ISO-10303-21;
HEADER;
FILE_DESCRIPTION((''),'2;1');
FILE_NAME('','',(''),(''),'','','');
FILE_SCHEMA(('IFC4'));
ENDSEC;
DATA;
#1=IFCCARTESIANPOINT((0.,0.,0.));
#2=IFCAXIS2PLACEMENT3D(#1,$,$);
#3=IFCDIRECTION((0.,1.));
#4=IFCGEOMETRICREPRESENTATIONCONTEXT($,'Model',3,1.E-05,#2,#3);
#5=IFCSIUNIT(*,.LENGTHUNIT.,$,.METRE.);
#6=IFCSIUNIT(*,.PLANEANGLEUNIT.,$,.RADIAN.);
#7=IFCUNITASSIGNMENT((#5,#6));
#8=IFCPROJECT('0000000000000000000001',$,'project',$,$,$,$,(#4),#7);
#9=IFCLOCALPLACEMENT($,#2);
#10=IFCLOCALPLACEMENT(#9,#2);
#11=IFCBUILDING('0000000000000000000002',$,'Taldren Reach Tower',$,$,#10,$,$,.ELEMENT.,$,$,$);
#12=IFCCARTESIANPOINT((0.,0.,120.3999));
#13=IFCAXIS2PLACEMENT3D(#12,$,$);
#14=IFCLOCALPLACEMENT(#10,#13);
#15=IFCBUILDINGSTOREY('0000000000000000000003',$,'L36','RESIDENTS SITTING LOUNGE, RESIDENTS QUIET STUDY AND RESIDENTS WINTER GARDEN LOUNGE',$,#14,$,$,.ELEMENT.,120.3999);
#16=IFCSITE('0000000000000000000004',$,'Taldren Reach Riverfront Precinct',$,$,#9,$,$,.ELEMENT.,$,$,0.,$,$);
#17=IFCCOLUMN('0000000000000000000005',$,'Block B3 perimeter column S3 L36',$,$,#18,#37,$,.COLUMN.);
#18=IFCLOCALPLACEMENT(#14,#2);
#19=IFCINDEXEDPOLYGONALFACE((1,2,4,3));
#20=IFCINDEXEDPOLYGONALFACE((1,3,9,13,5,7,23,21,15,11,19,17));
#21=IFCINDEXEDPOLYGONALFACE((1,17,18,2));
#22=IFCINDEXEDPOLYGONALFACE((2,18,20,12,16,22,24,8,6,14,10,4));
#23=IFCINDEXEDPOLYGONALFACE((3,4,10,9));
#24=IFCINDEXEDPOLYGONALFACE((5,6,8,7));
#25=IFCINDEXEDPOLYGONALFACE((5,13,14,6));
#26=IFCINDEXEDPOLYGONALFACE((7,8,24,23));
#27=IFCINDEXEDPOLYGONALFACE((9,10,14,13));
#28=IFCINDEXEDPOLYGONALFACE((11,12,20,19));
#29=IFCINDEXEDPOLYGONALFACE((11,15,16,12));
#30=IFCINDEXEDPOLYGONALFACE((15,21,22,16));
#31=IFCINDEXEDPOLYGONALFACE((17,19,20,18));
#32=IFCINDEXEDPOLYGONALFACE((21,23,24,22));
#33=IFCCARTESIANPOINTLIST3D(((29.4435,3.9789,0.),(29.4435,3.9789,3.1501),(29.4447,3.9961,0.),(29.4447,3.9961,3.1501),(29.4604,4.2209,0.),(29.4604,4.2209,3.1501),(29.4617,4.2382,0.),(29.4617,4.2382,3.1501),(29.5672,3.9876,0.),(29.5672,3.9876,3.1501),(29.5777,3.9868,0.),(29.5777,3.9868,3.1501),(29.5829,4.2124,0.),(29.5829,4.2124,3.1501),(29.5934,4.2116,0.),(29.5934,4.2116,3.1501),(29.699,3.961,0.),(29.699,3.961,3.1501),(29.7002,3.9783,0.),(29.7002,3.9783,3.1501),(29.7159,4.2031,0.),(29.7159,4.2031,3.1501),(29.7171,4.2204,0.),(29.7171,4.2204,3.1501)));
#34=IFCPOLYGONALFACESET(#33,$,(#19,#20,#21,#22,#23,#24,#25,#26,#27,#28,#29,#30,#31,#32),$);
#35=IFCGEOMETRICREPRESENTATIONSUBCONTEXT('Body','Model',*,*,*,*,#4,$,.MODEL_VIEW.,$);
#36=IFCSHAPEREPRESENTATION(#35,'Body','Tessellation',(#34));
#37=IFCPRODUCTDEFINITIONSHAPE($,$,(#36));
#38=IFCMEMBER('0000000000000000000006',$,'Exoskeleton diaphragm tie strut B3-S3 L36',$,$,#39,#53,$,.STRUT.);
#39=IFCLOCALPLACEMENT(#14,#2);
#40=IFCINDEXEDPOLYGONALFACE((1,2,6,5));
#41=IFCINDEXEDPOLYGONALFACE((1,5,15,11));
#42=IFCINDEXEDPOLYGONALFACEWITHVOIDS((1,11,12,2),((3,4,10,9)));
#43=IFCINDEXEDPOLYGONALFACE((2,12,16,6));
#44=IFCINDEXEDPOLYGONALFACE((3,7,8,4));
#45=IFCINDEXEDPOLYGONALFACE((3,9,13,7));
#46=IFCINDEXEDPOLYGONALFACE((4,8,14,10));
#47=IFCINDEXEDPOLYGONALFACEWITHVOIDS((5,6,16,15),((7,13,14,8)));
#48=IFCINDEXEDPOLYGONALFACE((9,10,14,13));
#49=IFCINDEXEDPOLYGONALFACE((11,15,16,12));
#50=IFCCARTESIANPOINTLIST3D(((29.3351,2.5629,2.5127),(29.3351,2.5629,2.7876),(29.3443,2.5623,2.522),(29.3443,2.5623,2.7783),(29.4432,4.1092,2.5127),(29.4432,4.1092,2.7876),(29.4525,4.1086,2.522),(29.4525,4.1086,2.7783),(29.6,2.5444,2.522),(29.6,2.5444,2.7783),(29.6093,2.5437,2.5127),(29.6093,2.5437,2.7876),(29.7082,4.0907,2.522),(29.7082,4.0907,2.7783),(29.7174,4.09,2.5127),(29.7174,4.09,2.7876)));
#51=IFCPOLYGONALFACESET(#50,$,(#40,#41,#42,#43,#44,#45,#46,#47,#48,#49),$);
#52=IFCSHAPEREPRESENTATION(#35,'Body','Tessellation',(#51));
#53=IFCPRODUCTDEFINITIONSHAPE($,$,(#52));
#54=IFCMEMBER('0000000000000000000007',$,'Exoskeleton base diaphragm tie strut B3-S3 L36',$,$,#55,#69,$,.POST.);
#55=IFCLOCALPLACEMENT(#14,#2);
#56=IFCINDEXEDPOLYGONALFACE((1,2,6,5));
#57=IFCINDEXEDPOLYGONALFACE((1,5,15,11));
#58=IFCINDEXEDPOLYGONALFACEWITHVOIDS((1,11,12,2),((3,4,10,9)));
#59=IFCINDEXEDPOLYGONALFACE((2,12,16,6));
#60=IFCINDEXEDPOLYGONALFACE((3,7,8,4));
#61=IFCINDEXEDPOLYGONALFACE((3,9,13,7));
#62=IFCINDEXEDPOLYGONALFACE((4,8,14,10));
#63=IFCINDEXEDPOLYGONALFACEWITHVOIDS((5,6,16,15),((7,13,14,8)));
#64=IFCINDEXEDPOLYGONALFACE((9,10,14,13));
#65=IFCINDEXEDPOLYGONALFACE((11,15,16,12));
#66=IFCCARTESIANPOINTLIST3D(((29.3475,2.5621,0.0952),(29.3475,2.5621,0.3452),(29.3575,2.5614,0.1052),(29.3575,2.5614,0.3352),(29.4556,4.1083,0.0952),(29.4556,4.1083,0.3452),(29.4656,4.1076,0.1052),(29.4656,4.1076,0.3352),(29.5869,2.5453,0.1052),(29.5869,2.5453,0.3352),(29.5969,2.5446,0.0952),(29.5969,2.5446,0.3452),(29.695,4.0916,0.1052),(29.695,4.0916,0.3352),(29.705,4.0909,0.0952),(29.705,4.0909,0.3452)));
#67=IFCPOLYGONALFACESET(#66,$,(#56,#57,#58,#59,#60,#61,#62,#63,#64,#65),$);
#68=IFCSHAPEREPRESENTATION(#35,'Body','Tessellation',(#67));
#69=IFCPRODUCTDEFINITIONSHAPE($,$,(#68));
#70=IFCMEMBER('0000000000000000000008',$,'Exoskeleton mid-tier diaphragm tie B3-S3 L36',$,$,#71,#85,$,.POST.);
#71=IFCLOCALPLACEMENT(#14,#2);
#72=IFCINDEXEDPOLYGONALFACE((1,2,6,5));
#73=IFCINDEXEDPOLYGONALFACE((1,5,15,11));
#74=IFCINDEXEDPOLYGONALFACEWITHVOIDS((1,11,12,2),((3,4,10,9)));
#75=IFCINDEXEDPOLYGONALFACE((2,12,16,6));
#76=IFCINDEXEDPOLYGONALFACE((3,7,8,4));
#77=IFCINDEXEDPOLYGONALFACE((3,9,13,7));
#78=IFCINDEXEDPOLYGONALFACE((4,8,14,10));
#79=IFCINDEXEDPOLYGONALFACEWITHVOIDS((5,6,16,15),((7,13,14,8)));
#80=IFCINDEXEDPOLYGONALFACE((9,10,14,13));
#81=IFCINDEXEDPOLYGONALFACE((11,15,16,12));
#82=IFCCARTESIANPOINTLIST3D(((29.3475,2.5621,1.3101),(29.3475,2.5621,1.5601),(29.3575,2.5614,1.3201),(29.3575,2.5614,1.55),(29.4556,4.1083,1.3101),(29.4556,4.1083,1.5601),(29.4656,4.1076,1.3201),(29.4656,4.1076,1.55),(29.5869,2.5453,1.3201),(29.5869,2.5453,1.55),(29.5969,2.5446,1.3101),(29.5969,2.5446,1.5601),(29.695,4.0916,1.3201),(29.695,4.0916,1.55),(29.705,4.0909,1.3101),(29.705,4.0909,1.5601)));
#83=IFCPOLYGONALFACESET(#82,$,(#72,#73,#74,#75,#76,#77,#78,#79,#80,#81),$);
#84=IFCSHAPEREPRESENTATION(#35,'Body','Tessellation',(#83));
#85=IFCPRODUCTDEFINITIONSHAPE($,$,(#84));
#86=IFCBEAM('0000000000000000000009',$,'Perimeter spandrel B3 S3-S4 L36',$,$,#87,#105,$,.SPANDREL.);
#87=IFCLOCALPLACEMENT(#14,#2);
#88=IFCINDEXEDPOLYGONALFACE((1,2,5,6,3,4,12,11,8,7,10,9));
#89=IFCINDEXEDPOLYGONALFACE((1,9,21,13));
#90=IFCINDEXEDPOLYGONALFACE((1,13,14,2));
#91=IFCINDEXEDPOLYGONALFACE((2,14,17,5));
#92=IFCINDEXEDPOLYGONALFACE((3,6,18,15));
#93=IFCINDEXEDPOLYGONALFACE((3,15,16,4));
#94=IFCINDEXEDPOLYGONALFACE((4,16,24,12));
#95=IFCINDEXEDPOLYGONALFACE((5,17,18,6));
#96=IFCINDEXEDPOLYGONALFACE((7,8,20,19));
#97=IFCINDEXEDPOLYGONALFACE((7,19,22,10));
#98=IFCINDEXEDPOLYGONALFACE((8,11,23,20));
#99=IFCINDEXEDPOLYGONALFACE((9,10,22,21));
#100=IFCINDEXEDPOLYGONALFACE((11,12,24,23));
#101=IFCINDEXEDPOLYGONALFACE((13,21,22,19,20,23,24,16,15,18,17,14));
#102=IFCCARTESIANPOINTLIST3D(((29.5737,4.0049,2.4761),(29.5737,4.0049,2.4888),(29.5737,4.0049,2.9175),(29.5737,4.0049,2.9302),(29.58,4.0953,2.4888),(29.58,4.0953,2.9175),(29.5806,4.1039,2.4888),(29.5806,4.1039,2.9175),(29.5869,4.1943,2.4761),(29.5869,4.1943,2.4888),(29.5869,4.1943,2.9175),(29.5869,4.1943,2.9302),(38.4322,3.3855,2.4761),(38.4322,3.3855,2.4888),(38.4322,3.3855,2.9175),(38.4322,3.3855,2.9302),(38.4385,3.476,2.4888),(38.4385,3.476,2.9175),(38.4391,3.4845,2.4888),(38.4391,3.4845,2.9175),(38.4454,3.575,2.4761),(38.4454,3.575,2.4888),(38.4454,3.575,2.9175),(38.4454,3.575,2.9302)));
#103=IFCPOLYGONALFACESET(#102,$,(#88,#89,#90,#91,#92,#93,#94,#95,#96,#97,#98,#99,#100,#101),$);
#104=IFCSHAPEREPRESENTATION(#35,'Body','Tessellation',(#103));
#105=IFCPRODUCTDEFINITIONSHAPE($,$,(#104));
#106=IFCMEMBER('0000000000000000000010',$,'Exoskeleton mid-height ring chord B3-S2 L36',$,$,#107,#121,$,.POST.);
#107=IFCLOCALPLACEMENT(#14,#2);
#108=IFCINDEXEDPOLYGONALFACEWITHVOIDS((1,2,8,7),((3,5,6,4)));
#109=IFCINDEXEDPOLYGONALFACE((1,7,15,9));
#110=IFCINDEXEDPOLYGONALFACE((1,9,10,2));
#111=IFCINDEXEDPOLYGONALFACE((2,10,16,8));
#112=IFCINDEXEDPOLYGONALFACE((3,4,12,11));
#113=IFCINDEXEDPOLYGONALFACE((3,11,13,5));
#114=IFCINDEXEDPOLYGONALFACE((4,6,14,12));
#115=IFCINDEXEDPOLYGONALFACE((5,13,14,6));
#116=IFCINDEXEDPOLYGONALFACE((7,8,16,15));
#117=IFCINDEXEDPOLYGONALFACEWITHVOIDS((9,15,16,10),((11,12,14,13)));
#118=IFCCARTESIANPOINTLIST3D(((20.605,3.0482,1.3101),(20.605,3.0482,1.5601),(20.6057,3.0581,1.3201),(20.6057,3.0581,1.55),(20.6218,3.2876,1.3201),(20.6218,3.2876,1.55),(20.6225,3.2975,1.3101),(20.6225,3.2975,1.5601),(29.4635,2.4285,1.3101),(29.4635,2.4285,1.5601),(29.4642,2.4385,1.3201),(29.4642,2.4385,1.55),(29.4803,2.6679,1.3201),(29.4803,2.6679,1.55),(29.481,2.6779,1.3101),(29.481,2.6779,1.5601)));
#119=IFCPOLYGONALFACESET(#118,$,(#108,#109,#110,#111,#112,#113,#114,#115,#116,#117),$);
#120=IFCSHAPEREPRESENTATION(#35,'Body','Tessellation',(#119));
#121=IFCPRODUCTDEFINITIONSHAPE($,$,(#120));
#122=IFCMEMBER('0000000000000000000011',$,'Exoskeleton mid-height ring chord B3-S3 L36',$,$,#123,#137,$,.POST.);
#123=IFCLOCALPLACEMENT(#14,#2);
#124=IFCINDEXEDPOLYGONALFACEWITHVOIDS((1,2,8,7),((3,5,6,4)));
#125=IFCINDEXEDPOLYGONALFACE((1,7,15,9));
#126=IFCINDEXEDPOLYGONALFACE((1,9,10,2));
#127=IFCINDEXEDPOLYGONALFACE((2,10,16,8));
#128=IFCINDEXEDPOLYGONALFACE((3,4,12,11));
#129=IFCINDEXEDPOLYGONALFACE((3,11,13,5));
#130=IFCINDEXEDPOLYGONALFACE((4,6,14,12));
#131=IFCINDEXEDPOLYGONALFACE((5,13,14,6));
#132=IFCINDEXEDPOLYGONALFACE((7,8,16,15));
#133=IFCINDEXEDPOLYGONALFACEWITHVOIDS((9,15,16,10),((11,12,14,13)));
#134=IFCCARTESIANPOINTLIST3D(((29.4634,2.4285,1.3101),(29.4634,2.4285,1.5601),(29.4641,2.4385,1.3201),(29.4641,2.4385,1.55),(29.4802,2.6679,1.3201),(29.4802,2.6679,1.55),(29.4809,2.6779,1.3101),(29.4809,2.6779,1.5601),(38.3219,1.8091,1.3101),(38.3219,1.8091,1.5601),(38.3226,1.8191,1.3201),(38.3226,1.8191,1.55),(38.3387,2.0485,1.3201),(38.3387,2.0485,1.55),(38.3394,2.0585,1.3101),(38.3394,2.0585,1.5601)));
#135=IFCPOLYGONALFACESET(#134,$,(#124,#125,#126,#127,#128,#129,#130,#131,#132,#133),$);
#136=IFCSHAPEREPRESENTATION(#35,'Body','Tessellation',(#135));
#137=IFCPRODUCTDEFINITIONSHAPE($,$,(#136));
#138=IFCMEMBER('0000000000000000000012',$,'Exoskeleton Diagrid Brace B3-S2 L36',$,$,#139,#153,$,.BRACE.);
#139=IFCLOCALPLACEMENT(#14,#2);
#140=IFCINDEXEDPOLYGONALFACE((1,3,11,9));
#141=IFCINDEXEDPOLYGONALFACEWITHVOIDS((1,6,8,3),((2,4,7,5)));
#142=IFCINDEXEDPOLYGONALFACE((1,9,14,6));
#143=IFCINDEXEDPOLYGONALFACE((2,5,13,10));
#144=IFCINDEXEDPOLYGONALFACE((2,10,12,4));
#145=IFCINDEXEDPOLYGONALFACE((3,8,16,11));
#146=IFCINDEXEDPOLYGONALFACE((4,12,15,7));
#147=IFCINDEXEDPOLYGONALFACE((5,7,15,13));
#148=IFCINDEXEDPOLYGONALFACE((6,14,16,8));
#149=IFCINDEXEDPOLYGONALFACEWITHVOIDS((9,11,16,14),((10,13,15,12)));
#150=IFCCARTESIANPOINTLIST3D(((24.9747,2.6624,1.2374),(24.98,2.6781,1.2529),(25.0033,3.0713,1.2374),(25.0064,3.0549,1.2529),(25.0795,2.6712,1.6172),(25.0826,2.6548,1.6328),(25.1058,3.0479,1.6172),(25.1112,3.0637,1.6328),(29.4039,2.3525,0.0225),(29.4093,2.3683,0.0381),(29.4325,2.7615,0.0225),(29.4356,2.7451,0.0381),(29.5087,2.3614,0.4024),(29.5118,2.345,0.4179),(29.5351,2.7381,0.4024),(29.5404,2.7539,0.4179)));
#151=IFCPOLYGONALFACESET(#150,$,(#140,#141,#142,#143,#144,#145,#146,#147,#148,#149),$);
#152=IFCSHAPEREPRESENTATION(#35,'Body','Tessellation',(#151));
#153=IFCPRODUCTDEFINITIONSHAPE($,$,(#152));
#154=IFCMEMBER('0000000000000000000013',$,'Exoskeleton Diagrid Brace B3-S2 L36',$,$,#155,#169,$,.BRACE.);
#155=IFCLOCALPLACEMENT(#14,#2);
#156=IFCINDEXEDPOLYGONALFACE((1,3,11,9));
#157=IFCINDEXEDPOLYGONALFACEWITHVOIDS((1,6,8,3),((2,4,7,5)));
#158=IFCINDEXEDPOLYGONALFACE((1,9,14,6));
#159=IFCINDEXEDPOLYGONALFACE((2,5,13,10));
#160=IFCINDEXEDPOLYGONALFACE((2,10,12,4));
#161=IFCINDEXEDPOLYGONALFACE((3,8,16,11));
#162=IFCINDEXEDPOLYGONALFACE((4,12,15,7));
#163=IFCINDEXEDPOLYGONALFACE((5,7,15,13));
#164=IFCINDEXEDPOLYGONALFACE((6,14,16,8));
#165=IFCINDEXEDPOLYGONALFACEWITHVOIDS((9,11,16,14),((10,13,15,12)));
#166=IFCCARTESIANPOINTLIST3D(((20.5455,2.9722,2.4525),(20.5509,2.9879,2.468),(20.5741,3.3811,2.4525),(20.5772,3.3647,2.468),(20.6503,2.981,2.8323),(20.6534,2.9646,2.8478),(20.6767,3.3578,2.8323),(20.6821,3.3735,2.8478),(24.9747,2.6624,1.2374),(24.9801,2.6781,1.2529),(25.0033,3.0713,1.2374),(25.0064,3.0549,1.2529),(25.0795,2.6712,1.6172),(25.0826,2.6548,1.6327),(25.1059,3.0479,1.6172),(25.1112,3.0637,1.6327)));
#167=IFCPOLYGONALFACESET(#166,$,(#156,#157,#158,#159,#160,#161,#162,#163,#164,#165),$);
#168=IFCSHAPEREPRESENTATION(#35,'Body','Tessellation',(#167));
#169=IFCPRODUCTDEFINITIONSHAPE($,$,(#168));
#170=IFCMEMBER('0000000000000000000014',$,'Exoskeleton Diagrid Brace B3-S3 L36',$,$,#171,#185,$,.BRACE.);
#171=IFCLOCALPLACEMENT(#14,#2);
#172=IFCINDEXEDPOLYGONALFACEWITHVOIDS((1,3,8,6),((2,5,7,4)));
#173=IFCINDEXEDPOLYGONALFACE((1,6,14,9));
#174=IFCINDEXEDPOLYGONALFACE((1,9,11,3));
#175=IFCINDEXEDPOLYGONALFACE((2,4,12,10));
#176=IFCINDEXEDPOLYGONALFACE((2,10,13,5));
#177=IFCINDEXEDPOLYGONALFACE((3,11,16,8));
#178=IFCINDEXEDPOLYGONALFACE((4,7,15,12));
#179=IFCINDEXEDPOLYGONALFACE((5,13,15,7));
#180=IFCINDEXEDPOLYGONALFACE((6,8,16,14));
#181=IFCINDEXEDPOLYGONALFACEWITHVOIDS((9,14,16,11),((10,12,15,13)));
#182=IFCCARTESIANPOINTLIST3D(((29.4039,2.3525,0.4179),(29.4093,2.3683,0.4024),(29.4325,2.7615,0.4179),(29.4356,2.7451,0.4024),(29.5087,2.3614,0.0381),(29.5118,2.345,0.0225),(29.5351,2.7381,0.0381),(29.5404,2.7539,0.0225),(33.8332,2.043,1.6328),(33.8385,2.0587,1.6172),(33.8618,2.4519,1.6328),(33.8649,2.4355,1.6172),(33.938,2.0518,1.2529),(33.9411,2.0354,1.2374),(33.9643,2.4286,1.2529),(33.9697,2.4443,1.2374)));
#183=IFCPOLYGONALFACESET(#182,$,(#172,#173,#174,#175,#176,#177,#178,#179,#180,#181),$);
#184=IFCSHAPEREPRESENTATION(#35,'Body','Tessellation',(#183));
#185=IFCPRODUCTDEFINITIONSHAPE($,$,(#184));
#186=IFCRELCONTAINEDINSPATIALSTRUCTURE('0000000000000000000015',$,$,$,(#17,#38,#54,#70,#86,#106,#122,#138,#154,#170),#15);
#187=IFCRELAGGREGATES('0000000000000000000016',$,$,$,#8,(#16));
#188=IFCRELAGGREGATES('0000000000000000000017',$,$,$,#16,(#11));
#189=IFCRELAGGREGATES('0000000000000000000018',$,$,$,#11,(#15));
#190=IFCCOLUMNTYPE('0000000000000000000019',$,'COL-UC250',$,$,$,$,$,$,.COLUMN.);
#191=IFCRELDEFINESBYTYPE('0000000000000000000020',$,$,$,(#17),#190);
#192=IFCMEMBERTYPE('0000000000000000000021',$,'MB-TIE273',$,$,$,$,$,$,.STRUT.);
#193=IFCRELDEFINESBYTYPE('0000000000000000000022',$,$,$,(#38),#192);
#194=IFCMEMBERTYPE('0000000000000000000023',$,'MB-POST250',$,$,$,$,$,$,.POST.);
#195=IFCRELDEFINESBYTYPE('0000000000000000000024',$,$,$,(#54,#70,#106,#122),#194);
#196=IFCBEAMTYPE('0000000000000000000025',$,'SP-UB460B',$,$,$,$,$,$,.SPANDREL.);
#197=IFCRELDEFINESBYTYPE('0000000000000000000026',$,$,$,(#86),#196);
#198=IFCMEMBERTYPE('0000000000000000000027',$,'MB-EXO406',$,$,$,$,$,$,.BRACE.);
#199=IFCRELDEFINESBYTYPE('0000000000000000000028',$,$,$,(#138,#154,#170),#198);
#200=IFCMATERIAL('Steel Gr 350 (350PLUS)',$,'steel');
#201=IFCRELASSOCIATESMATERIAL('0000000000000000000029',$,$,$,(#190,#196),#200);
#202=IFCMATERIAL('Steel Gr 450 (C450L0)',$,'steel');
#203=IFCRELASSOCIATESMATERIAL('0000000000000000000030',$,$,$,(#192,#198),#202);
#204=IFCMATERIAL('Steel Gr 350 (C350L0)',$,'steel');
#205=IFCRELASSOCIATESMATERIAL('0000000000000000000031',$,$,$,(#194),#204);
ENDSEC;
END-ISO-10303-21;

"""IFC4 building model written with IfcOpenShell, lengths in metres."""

from ifc_helpers import new_model, si_unit, direction, frame, origin, origin_2d, place, context, subcontext, project, spatial, hollow_rectangle, i_section, extrude, source, transform, mapped, material, material_profile, profile_set, type_object, element, save


model = new_model("IFC4")

# Units and contexts
model_context = context("Model", 3, precision=1e-05, world=origin(), true_north=direction((0.0, 1.0)))
body_context = subcontext(model_context, "Body", "Model", "MODEL_VIEW")
ifc_project = project(units=[si_unit("LENGTHUNIT", "METRE"), si_unit("PLANEANGLEUNIT", "RADIAN")], contexts=[model_context])

# Site, building, storey
site_placement = place(None, origin())
site = spatial("IfcSite", under=ifc_project, at=site_placement, Name="Taldren Reach Riverfront Precinct", CompositionType="ELEMENT", RefElevation=0.0)
building_placement = place(site_placement, origin())
building = spatial("IfcBuilding", under=site, at=building_placement, Name="Taldren Reach Tower", CompositionType="ELEMENT")
storey_placement = place(building_placement, frame((0.0, 0.0, 120.3999)))
storey = spatial("IfcBuildingStorey", under=building, at=storey_placement, Name="L36", Description="RESIDENTS SITTING LOUNGE, RESIDENTS QUIET STUDY AND RESIDENTS WINTER GARDEN LOUNGE", CompositionType="ELEMENT", Elevation=120.3999)

# Column
ifc_material_1 = material(Name="Steel Gr 350 (350PLUS)", Category="steel")
ifc_material_profile_1 = material_profile(ifc_material_1, i_section(OverallWidth=0.2561, OverallDepth=0.26, WebThickness=0.0105, FlangeThickness=0.0173, at=origin_2d()), Name="250UC89.5")
ifc_profile_set_1 = profile_set([ifc_material_profile_1], Name="Steel Gr 350 (350PLUS)")
column_type = type_object("IfcColumnType", Name="COL-UC250", PredefinedType="COLUMN", material=ifc_profile_set_1)
shared_shape_1 = source(origin(), body_context, "Body", "SweptSolid", [
    extrude(i_section(OverallWidth=0.2561, OverallDepth=0.26, WebThickness=0.0105, FlangeThickness=0.0173, at=origin_2d()), origin(), (0.0, 0.0, 1.0), 3.1501),
])
column_placement = place(storey_placement, frame((29.5803, 4.0996, 0.0), z_axis=(0.0, 0.0, 1.0), x_axis=(0.997564, -0.069756, 0.0)))
element("IfcColumn", 1, at=column_placement, inside=storey, type_object=column_type, Name="Block B3 perimeter column S3 L36", PredefinedType="COLUMN", context=body_context, shape_type="MappedRepresentation", body=[
    mapped(shared_shape_1, transform((0.0, 0.0, 0.0), scale=1.0)),
])

# Members
ifc_material_2 = material(Name="Steel Gr 450 (C450L0)", Category="steel")
ifc_material_profile_2 = material_profile(ifc_material_2, hollow_rectangle(XDim=0.2749, YDim=0.2749, WallThickness=0.0093, at=origin_2d()), Name="275x275x9.3SHS")
ifc_profile_set_2 = profile_set([ifc_material_profile_2], Name="Steel Gr 450 (C450L0)")
member_type_1 = type_object("IfcMemberType", Name="MB-TIE273", PredefinedType="STRUT", material=ifc_profile_set_2)
shared_shape_2 = source(origin(), body_context, "Body", "SweptSolid", [
    extrude(hollow_rectangle(XDim=0.2749, YDim=0.2749, WallThickness=0.0093, at=origin_2d()), origin(), (0.0, 0.0, 1.0), 1.55),
])
member_1_placement = place(storey_placement, frame((29.5803, 4.0996, 2.6501), z_axis=(-0.06977, -0.997563, 0.0), x_axis=(0.997563, -0.06977, 0.0)))
element("IfcMember", 2, at=member_1_placement, inside=storey, type_object=member_type_1, Name="Exoskeleton diaphragm tie strut B3-S3 L36", PredefinedType="STRUT", context=body_context, shape_type="MappedRepresentation", body=[
    mapped(shared_shape_2, transform((0.0, 0.0, 0.0), scale=1.0)),
])
ifc_material_3 = material(Name="Steel Gr 350 (C350L0)", Category="steel")
ifc_material_profile_3 = material_profile(ifc_material_3, hollow_rectangle(XDim=0.25, YDim=0.25, WallThickness=0.01, at=origin_2d()), Name="250x250x10.0SHS")
ifc_profile_set_3 = profile_set([ifc_material_profile_3], Name="Steel Gr 350 (C350L0)")
member_type_2 = type_object("IfcMemberType", Name="MB-POST250", PredefinedType="POST", material=ifc_profile_set_3)
shared_shape_3 = source(origin(), body_context, "Body", "SweptSolid", [
    extrude(hollow_rectangle(XDim=0.25, YDim=0.25, WallThickness=0.01, at=origin_2d()), origin(), (0.0, 0.0, 1.0), 1.55),
])
for number, where, z_axis, x_axis, name in (
    (3, (29.5803, 4.0996, 0.2202), (-0.06977, -0.997563, 0.0), (0.997563, -0.06977, 0.0), "Exoskeleton base diaphragm tie strut B3-S3 L36"),
    (4, (29.5803, 4.0996, 1.4351), (-0.06977, -0.997563, 0.0), (0.997563, -0.06977, 0.0), "Exoskeleton mid-tier diaphragm tie B3-S3 L36"),
):
    element("IfcMember", number, at=place(storey_placement, frame(where, z_axis=z_axis, x_axis=x_axis)), inside=storey, type_object=member_type_2, Name=name, PredefinedType="POST", context=body_context, shape_type="MappedRepresentation", body=[
        mapped(shared_shape_3, transform((0.0, 0.0, 0.0), scale=1.0)),
    ])

# Beam
ifc_material_profile_4 = material_profile(ifc_material_1, i_section(OverallWidth=0.1899, OverallDepth=0.4541, WebThickness=0.0085, FlangeThickness=0.0127, at=origin_2d()), Name="460UB67.1")
ifc_profile_set_4 = profile_set([ifc_material_profile_4], Name="Steel Gr 350 (350PLUS)")
beam_type = type_object("IfcBeamType", Name="SP-UB460B", PredefinedType="SPANDREL", material=ifc_profile_set_4)
shared_shape_4 = source(origin(), body_context, "Body", "SweptSolid", [
    extrude(i_section(OverallWidth=0.1899, OverallDepth=0.4541, WebThickness=0.0085, FlangeThickness=0.0127, at=origin_2d()), origin(), (0.0, 0.0, 1.0), 8.8801),
])
beam_placement = place(storey_placement, frame((29.5803, 4.0996, 2.7031), z_axis=(0.997564, -0.06975, 0.0), x_axis=(0.06975, 0.997564, 0.0)))
element("IfcBeam", 5, at=beam_placement, inside=storey, type_object=beam_type, Name="Perimeter spandrel B3 S3-S4 L36", PredefinedType="SPANDREL", context=body_context, shape_type="MappedRepresentation", body=[
    mapped(shared_shape_4, transform((0.0, 0.0, 0.0), scale=1.0)),
])

# Members
shared_shape_5 = source(origin(), body_context, "Body", "SweptSolid", [
    extrude(hollow_rectangle(XDim=0.25, YDim=0.25, WallThickness=0.01, at=origin_2d()), origin(), (0.0, 0.0, 1.0), 8.8801),
])
for number, where, z_axis, x_axis, name in (
    (6, (20.6138, 3.1729, 1.4351), (0.997563, -0.069778, 0.0), (0.069778, 0.997563, 0.0), "Exoskeleton mid-height ring chord B3-S2 L36"),
    (7, (29.4722, 2.5532, 1.4351), (0.997564, -0.06975, 0.0), (0.06975, 0.997564, 0.0), "Exoskeleton mid-height ring chord B3-S3 L36"),
):
    element("IfcMember", number, at=place(storey_placement, frame(where, z_axis=z_axis, x_axis=x_axis)), inside=storey, type_object=member_type_2, Name=name, PredefinedType="POST", context=body_context, shape_type="MappedRepresentation", body=[
        mapped(shared_shape_5, transform((0.0, 0.0, 0.0), scale=1.0)),
    ])
ifc_material_profile_5 = material_profile(ifc_material_2, hollow_rectangle(XDim=0.4099, YDim=0.4099, WallThickness=0.0161, at=origin_2d()), Name="410x410x16.0SHS")
ifc_profile_set_5 = profile_set([ifc_material_profile_5], Name="Steel Gr 450 (C450L0)")
member_type_3 = type_object("IfcMemberType", Name="MB-EXO406", PredefinedType="BRACE", material=ifc_profile_set_5)
shared_shape_6 = source(origin(), body_context, "Body", "SweptSolid", [
    extrude(hollow_rectangle(XDim=0.4099, YDim=0.4099, WallThickness=0.0161, at=origin_2d()), origin(), (0.0, 0.0, 1.0), 4.6033),
])
for number, where, z_axis, x_axis, name in (
    (8, (29.4722, 2.5532, 0.2202), (-0.962196, 0.067304, 0.263912), (-0.069778, -0.997563, 0.0), "Exoskeleton Diagrid Brace B3-S2 L36"),
    (9, (25.043, 2.863, 1.4351), (-0.962182, 0.067303, 0.263961), (-0.069778, -0.997563, 0.0), "Exoskeleton Diagrid Brace B3-S2 L36"),
    (10, (29.4722, 2.5532, 0.2202), (0.962199, -0.067251, 0.263913), (0.069723, 0.997566, 0.0), "Exoskeleton Diagrid Brace B3-S3 L36"),
):
    element("IfcMember", number, at=place(storey_placement, frame(where, z_axis=z_axis, x_axis=x_axis)), inside=storey, type_object=member_type_3, Name=name, PredefinedType="BRACE", context=body_context, shape_type="MappedRepresentation", body=[
        mapped(shared_shape_6, transform((0.0, 0.0, 0.0), scale=1.0)),
    ])

save(model, "model.ifc")
